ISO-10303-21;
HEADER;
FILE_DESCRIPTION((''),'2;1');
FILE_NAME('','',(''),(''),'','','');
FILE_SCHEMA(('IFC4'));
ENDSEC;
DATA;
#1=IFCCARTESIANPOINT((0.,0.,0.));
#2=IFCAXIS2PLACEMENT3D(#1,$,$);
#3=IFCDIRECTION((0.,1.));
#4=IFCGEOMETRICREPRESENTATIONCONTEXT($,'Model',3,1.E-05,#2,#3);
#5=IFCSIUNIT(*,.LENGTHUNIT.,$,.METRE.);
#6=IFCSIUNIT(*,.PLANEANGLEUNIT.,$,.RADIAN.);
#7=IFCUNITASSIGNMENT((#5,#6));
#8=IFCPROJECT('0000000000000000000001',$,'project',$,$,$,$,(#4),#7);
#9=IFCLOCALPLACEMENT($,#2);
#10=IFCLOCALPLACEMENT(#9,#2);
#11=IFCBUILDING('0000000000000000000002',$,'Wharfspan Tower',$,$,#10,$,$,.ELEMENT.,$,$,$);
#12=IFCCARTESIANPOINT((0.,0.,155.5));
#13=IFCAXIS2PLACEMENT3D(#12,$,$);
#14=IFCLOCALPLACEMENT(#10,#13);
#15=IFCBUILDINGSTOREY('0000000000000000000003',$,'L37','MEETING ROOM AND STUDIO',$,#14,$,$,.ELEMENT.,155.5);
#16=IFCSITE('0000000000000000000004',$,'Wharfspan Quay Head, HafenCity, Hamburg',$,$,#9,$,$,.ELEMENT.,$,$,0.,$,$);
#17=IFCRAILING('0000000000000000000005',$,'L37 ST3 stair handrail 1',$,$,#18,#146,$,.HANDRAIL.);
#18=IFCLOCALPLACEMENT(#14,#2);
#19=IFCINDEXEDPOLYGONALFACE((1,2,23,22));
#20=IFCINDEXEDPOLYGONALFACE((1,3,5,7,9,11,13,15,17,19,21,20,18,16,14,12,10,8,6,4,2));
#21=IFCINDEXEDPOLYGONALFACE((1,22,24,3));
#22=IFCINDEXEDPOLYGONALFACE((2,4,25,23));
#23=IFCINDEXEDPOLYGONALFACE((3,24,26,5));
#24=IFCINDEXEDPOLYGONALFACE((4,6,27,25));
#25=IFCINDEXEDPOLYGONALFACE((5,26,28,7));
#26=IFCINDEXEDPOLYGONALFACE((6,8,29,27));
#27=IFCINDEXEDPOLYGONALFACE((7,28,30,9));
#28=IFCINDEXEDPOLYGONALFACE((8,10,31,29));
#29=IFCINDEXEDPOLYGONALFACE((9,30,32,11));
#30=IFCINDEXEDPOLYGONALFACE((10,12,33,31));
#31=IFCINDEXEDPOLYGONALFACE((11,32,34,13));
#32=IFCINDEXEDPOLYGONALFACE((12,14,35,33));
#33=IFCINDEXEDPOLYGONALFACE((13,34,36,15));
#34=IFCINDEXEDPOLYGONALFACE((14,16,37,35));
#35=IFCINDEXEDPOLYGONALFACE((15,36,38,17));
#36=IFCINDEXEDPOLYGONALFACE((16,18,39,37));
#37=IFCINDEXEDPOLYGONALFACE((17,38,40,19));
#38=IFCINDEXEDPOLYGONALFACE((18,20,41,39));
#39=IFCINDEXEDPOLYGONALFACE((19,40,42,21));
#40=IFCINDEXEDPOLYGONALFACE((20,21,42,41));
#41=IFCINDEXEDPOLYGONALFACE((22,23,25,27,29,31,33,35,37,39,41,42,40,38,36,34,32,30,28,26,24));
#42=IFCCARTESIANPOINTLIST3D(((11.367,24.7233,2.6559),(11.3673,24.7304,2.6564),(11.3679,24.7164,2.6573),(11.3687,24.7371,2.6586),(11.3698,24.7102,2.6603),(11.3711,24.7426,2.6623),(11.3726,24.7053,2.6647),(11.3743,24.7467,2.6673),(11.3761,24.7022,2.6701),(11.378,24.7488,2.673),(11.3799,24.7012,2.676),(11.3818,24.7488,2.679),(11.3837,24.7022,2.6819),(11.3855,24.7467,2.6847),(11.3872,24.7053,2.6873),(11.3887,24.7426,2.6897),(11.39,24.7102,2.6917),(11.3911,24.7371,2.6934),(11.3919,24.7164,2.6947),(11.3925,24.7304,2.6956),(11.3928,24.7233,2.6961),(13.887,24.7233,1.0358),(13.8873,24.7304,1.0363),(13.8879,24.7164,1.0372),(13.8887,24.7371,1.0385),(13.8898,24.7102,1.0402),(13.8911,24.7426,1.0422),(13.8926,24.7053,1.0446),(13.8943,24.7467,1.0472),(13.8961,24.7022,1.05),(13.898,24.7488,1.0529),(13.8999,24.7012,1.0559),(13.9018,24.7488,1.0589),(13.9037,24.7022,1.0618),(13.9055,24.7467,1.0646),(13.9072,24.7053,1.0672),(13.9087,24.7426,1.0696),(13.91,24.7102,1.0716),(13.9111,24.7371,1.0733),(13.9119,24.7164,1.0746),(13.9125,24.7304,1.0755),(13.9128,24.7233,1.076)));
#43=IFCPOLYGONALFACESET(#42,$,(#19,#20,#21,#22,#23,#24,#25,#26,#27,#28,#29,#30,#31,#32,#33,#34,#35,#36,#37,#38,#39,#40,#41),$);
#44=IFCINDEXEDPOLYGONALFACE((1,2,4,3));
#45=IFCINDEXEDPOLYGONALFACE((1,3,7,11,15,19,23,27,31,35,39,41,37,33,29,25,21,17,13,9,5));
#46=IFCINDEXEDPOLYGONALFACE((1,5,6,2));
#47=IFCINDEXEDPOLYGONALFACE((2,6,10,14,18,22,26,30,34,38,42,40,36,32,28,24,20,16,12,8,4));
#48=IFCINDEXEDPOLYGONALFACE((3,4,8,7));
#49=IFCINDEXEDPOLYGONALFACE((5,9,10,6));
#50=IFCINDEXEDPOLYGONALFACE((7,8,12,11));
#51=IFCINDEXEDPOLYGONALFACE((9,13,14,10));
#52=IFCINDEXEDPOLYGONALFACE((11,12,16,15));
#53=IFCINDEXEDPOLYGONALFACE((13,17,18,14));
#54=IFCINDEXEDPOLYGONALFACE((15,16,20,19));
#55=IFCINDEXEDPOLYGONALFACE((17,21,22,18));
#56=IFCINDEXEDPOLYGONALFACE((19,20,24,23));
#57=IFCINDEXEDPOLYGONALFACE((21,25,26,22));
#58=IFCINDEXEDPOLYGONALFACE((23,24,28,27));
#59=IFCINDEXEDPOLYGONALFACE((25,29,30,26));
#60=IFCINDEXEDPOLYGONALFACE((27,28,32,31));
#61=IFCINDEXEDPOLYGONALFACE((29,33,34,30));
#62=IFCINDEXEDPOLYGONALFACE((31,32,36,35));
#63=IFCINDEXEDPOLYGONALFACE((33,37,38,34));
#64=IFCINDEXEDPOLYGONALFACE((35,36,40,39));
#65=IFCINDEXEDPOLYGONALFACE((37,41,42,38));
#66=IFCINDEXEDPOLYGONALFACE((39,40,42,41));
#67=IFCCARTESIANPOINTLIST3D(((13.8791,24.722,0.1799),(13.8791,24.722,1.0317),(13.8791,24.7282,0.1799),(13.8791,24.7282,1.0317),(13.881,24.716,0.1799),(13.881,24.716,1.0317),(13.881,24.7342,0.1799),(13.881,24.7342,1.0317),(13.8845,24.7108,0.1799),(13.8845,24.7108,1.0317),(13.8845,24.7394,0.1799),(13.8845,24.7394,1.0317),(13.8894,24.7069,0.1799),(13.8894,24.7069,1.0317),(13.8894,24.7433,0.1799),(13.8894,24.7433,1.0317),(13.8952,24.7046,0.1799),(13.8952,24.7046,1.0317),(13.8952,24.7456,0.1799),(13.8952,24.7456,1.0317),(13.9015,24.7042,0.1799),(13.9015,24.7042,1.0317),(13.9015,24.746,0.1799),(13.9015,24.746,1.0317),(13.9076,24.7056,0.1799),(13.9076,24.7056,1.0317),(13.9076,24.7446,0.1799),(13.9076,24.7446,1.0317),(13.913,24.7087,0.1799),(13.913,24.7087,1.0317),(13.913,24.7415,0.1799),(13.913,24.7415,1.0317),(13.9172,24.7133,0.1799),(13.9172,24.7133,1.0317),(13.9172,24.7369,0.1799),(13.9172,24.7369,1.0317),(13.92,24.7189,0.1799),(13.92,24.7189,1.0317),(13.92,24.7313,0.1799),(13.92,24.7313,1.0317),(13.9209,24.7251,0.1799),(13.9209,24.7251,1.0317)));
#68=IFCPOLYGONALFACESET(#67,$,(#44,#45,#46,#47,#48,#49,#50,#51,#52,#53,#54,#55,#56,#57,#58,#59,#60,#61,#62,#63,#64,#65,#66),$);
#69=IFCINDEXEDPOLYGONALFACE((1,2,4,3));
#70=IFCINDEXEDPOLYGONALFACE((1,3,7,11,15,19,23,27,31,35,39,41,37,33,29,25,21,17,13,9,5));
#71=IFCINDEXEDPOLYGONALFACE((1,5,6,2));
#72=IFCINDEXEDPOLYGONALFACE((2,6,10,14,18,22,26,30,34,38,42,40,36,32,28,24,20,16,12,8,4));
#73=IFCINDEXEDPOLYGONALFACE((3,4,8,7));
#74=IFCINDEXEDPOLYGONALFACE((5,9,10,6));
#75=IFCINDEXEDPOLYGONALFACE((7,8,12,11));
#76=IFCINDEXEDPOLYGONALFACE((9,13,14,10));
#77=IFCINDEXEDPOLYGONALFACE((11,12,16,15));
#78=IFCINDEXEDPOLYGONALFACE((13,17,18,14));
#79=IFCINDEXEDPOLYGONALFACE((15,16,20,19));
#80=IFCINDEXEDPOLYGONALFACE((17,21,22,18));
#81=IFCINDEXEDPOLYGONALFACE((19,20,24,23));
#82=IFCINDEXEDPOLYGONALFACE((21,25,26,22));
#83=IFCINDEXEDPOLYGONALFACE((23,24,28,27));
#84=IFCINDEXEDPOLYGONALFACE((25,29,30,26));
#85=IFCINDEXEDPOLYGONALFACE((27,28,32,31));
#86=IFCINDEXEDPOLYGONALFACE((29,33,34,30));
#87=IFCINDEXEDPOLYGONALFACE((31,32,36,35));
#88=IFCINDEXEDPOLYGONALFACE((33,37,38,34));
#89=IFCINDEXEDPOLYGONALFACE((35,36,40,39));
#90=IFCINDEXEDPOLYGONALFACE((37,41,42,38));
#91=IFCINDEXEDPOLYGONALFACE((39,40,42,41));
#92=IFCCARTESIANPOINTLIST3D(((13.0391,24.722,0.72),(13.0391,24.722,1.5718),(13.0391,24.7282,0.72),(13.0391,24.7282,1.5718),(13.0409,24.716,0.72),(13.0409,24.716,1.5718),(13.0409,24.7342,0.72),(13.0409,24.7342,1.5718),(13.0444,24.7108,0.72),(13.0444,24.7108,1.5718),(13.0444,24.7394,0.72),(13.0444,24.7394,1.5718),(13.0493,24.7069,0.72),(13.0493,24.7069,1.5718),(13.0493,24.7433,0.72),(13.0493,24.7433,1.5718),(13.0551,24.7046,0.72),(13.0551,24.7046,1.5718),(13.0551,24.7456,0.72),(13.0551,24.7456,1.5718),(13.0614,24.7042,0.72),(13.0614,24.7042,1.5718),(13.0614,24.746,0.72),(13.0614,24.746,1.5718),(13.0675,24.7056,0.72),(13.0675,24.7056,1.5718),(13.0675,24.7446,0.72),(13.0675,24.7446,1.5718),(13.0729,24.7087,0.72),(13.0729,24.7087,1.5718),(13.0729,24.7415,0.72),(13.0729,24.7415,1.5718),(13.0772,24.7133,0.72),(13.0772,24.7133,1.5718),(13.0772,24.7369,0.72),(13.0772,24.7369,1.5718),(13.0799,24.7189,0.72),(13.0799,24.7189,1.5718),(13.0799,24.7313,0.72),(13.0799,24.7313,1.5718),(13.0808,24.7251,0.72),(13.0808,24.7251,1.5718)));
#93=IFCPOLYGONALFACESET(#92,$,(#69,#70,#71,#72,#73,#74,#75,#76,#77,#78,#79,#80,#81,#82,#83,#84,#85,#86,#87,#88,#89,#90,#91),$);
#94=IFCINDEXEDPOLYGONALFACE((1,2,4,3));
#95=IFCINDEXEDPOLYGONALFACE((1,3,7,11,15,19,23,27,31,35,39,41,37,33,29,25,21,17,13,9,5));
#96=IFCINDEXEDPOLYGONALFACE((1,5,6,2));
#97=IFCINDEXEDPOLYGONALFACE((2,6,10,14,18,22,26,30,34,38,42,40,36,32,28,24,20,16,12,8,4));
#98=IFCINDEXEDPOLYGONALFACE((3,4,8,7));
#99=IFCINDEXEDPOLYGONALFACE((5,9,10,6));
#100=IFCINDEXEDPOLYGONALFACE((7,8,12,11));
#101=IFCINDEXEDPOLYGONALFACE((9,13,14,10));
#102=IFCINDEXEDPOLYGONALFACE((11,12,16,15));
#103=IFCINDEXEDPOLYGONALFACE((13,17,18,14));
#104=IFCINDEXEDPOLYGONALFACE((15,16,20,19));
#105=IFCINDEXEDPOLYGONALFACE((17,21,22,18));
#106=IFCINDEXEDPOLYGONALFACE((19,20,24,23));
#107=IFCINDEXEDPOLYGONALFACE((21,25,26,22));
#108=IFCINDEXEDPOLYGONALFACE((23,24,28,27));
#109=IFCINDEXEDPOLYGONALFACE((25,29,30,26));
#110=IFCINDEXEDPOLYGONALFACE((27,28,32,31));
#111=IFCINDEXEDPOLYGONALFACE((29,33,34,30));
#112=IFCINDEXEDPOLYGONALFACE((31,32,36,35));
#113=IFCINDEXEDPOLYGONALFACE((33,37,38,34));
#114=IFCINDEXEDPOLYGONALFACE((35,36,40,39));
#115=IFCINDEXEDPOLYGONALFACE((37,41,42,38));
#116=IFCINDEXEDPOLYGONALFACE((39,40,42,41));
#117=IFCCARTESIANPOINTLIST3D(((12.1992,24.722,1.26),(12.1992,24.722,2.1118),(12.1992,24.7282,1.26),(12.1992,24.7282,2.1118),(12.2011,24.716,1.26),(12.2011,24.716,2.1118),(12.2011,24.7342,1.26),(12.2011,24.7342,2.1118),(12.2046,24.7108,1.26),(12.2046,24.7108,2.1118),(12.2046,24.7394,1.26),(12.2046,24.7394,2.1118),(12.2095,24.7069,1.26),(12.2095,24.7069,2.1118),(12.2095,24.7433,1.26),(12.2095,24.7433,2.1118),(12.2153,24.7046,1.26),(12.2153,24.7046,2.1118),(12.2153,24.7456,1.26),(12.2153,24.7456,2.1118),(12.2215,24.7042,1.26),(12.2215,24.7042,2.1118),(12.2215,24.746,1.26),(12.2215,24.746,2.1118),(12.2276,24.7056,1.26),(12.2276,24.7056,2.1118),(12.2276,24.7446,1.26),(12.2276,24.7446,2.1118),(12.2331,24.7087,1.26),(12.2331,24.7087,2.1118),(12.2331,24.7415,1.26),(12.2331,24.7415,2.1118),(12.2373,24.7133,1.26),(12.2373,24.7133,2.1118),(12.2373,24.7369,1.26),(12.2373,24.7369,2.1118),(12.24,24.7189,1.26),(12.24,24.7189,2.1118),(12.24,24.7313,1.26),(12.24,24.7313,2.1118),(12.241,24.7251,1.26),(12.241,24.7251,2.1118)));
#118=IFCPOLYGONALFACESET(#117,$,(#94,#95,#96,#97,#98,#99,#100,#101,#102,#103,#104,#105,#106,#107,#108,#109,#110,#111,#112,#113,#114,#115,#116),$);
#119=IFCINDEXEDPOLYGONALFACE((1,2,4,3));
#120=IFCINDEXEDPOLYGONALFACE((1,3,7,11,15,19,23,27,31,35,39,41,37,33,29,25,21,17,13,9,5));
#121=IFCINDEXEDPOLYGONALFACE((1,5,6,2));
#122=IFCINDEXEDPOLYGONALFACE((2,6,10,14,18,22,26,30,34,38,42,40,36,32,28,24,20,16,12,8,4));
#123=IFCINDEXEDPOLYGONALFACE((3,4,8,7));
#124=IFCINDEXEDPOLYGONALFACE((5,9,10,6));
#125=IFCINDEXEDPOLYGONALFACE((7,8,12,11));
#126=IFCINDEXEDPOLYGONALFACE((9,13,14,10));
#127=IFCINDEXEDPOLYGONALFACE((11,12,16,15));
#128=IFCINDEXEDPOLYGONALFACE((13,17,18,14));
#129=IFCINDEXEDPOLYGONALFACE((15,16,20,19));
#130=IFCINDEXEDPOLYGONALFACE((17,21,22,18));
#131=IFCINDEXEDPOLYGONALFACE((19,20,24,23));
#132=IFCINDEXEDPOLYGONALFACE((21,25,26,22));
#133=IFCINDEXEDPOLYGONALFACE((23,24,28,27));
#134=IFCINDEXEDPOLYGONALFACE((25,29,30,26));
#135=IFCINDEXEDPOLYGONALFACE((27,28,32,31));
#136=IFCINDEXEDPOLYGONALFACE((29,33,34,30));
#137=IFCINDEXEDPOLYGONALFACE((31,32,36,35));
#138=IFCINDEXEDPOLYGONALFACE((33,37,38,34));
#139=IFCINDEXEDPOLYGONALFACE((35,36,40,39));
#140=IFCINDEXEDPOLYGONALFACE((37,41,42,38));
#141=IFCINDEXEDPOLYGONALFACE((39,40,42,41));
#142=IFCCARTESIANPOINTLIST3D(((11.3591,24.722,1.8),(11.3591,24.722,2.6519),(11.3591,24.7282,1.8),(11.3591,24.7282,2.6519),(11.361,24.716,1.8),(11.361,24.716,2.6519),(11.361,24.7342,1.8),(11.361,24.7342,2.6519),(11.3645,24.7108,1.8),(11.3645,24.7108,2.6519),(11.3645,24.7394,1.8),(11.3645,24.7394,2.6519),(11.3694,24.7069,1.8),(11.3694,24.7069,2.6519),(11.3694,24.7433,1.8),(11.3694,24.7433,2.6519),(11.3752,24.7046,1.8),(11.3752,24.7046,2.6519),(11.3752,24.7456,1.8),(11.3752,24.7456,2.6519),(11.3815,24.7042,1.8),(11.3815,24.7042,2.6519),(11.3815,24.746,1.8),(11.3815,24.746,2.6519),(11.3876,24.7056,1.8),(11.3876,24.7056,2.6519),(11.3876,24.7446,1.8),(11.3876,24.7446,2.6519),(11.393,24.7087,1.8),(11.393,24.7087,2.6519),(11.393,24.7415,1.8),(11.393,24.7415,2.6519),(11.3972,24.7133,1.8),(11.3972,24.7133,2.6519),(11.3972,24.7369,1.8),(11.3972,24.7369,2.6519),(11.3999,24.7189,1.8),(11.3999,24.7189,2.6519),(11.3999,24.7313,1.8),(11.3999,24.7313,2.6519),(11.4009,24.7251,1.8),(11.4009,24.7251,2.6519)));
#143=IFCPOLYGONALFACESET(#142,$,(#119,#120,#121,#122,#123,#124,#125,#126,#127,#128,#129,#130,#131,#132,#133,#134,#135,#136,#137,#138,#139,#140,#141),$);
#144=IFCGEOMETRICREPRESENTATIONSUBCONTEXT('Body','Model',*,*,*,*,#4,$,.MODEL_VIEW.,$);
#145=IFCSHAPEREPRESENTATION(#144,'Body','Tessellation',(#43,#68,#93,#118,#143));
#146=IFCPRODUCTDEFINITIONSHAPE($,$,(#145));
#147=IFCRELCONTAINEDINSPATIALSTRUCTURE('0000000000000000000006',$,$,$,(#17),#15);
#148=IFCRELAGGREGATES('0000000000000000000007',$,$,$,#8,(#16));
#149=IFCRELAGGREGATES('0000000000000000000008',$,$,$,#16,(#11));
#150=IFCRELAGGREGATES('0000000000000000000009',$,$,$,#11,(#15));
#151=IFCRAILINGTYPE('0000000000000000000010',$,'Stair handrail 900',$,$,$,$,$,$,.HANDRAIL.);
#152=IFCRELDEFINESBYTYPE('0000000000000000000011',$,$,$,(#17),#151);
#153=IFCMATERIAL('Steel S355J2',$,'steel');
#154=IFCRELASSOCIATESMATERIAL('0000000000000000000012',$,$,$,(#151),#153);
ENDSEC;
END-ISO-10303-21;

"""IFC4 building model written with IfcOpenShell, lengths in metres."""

from ifc_helpers import new_model, si_unit, direction, frame, origin, origin_2d, place, context, subcontext, project, spatial, circle, extrude, material, type_object, element, save


model = new_model("IFC4")

# Units and contexts
model_context = context("Model", 3, precision=1e-05, world=origin(), true_north=direction((0.0, 1.0)))
body_context = subcontext(model_context, "Body", "Model", "MODEL_VIEW")
ifc_project = project(units=[si_unit("LENGTHUNIT", "METRE"), si_unit("PLANEANGLEUNIT", "RADIAN")], contexts=[model_context])

# Site, building, storey
site_placement = place(None, origin())
site = spatial("IfcSite", under=ifc_project, at=site_placement, Name="Wharfspan Quay Head, HafenCity, Hamburg", CompositionType="ELEMENT", RefElevation=0.0)
building_placement = place(site_placement, origin())
building = spatial("IfcBuilding", under=site, at=building_placement, Name="Wharfspan Tower", CompositionType="ELEMENT")
storey_placement = place(building_placement, frame((0.0, 0.0, 155.5)))
storey = spatial("IfcBuildingStorey", under=building, at=storey_placement, Name="L37", Description="MEETING ROOM AND STUDIO", CompositionType="ELEMENT", Elevation=155.5)

# Railing
ifc_material_1 = material(Name="Steel S355J2", Category="steel")
railing_type_1 = type_object("IfcRailingType", Name="Stair handrail 900", PredefinedType="HANDRAIL", material=ifc_material_1)
railing_1_placement = place(storey_placement, frame((13.8999, 24.7251, 0.1799)))
element("IfcRailing", 1, at=railing_1_placement, inside=storey, type_object=railing_type_1, Name="L37 ST3 stair handrail 1", PredefinedType="HANDRAIL", context=body_context, shape_type="SweptSolid", body=[
    extrude(circle(Radius=0.0239, at=origin_2d()), frame((0.0, 0.0, 0.876), z_axis=(-0.841163, 0.0, 0.540782), x_axis=(0.0, -1.0, 0.0)), (0.0, 0.0, 1.0), 2.9958),
    extrude(circle(Radius=0.021, at=origin_2d()), origin(), (0.0, 0.0, 1.0), 0.8518),
    extrude(circle(Radius=0.021, at=origin_2d()), frame((-0.8401, 0.0, 0.54)), (0.0, 0.0, 1.0), 0.8518),
    extrude(circle(Radius=0.021, at=origin_2d()), frame((-1.6799, 0.0, 1.0801)), (0.0, 0.0, 1.0), 0.8518),
    extrude(circle(Radius=0.021, at=origin_2d()), frame((-2.52, 0.0, 1.6201)), (0.0, 0.0, 1.0), 0.8518),
])

save(model, "model.ifc")
